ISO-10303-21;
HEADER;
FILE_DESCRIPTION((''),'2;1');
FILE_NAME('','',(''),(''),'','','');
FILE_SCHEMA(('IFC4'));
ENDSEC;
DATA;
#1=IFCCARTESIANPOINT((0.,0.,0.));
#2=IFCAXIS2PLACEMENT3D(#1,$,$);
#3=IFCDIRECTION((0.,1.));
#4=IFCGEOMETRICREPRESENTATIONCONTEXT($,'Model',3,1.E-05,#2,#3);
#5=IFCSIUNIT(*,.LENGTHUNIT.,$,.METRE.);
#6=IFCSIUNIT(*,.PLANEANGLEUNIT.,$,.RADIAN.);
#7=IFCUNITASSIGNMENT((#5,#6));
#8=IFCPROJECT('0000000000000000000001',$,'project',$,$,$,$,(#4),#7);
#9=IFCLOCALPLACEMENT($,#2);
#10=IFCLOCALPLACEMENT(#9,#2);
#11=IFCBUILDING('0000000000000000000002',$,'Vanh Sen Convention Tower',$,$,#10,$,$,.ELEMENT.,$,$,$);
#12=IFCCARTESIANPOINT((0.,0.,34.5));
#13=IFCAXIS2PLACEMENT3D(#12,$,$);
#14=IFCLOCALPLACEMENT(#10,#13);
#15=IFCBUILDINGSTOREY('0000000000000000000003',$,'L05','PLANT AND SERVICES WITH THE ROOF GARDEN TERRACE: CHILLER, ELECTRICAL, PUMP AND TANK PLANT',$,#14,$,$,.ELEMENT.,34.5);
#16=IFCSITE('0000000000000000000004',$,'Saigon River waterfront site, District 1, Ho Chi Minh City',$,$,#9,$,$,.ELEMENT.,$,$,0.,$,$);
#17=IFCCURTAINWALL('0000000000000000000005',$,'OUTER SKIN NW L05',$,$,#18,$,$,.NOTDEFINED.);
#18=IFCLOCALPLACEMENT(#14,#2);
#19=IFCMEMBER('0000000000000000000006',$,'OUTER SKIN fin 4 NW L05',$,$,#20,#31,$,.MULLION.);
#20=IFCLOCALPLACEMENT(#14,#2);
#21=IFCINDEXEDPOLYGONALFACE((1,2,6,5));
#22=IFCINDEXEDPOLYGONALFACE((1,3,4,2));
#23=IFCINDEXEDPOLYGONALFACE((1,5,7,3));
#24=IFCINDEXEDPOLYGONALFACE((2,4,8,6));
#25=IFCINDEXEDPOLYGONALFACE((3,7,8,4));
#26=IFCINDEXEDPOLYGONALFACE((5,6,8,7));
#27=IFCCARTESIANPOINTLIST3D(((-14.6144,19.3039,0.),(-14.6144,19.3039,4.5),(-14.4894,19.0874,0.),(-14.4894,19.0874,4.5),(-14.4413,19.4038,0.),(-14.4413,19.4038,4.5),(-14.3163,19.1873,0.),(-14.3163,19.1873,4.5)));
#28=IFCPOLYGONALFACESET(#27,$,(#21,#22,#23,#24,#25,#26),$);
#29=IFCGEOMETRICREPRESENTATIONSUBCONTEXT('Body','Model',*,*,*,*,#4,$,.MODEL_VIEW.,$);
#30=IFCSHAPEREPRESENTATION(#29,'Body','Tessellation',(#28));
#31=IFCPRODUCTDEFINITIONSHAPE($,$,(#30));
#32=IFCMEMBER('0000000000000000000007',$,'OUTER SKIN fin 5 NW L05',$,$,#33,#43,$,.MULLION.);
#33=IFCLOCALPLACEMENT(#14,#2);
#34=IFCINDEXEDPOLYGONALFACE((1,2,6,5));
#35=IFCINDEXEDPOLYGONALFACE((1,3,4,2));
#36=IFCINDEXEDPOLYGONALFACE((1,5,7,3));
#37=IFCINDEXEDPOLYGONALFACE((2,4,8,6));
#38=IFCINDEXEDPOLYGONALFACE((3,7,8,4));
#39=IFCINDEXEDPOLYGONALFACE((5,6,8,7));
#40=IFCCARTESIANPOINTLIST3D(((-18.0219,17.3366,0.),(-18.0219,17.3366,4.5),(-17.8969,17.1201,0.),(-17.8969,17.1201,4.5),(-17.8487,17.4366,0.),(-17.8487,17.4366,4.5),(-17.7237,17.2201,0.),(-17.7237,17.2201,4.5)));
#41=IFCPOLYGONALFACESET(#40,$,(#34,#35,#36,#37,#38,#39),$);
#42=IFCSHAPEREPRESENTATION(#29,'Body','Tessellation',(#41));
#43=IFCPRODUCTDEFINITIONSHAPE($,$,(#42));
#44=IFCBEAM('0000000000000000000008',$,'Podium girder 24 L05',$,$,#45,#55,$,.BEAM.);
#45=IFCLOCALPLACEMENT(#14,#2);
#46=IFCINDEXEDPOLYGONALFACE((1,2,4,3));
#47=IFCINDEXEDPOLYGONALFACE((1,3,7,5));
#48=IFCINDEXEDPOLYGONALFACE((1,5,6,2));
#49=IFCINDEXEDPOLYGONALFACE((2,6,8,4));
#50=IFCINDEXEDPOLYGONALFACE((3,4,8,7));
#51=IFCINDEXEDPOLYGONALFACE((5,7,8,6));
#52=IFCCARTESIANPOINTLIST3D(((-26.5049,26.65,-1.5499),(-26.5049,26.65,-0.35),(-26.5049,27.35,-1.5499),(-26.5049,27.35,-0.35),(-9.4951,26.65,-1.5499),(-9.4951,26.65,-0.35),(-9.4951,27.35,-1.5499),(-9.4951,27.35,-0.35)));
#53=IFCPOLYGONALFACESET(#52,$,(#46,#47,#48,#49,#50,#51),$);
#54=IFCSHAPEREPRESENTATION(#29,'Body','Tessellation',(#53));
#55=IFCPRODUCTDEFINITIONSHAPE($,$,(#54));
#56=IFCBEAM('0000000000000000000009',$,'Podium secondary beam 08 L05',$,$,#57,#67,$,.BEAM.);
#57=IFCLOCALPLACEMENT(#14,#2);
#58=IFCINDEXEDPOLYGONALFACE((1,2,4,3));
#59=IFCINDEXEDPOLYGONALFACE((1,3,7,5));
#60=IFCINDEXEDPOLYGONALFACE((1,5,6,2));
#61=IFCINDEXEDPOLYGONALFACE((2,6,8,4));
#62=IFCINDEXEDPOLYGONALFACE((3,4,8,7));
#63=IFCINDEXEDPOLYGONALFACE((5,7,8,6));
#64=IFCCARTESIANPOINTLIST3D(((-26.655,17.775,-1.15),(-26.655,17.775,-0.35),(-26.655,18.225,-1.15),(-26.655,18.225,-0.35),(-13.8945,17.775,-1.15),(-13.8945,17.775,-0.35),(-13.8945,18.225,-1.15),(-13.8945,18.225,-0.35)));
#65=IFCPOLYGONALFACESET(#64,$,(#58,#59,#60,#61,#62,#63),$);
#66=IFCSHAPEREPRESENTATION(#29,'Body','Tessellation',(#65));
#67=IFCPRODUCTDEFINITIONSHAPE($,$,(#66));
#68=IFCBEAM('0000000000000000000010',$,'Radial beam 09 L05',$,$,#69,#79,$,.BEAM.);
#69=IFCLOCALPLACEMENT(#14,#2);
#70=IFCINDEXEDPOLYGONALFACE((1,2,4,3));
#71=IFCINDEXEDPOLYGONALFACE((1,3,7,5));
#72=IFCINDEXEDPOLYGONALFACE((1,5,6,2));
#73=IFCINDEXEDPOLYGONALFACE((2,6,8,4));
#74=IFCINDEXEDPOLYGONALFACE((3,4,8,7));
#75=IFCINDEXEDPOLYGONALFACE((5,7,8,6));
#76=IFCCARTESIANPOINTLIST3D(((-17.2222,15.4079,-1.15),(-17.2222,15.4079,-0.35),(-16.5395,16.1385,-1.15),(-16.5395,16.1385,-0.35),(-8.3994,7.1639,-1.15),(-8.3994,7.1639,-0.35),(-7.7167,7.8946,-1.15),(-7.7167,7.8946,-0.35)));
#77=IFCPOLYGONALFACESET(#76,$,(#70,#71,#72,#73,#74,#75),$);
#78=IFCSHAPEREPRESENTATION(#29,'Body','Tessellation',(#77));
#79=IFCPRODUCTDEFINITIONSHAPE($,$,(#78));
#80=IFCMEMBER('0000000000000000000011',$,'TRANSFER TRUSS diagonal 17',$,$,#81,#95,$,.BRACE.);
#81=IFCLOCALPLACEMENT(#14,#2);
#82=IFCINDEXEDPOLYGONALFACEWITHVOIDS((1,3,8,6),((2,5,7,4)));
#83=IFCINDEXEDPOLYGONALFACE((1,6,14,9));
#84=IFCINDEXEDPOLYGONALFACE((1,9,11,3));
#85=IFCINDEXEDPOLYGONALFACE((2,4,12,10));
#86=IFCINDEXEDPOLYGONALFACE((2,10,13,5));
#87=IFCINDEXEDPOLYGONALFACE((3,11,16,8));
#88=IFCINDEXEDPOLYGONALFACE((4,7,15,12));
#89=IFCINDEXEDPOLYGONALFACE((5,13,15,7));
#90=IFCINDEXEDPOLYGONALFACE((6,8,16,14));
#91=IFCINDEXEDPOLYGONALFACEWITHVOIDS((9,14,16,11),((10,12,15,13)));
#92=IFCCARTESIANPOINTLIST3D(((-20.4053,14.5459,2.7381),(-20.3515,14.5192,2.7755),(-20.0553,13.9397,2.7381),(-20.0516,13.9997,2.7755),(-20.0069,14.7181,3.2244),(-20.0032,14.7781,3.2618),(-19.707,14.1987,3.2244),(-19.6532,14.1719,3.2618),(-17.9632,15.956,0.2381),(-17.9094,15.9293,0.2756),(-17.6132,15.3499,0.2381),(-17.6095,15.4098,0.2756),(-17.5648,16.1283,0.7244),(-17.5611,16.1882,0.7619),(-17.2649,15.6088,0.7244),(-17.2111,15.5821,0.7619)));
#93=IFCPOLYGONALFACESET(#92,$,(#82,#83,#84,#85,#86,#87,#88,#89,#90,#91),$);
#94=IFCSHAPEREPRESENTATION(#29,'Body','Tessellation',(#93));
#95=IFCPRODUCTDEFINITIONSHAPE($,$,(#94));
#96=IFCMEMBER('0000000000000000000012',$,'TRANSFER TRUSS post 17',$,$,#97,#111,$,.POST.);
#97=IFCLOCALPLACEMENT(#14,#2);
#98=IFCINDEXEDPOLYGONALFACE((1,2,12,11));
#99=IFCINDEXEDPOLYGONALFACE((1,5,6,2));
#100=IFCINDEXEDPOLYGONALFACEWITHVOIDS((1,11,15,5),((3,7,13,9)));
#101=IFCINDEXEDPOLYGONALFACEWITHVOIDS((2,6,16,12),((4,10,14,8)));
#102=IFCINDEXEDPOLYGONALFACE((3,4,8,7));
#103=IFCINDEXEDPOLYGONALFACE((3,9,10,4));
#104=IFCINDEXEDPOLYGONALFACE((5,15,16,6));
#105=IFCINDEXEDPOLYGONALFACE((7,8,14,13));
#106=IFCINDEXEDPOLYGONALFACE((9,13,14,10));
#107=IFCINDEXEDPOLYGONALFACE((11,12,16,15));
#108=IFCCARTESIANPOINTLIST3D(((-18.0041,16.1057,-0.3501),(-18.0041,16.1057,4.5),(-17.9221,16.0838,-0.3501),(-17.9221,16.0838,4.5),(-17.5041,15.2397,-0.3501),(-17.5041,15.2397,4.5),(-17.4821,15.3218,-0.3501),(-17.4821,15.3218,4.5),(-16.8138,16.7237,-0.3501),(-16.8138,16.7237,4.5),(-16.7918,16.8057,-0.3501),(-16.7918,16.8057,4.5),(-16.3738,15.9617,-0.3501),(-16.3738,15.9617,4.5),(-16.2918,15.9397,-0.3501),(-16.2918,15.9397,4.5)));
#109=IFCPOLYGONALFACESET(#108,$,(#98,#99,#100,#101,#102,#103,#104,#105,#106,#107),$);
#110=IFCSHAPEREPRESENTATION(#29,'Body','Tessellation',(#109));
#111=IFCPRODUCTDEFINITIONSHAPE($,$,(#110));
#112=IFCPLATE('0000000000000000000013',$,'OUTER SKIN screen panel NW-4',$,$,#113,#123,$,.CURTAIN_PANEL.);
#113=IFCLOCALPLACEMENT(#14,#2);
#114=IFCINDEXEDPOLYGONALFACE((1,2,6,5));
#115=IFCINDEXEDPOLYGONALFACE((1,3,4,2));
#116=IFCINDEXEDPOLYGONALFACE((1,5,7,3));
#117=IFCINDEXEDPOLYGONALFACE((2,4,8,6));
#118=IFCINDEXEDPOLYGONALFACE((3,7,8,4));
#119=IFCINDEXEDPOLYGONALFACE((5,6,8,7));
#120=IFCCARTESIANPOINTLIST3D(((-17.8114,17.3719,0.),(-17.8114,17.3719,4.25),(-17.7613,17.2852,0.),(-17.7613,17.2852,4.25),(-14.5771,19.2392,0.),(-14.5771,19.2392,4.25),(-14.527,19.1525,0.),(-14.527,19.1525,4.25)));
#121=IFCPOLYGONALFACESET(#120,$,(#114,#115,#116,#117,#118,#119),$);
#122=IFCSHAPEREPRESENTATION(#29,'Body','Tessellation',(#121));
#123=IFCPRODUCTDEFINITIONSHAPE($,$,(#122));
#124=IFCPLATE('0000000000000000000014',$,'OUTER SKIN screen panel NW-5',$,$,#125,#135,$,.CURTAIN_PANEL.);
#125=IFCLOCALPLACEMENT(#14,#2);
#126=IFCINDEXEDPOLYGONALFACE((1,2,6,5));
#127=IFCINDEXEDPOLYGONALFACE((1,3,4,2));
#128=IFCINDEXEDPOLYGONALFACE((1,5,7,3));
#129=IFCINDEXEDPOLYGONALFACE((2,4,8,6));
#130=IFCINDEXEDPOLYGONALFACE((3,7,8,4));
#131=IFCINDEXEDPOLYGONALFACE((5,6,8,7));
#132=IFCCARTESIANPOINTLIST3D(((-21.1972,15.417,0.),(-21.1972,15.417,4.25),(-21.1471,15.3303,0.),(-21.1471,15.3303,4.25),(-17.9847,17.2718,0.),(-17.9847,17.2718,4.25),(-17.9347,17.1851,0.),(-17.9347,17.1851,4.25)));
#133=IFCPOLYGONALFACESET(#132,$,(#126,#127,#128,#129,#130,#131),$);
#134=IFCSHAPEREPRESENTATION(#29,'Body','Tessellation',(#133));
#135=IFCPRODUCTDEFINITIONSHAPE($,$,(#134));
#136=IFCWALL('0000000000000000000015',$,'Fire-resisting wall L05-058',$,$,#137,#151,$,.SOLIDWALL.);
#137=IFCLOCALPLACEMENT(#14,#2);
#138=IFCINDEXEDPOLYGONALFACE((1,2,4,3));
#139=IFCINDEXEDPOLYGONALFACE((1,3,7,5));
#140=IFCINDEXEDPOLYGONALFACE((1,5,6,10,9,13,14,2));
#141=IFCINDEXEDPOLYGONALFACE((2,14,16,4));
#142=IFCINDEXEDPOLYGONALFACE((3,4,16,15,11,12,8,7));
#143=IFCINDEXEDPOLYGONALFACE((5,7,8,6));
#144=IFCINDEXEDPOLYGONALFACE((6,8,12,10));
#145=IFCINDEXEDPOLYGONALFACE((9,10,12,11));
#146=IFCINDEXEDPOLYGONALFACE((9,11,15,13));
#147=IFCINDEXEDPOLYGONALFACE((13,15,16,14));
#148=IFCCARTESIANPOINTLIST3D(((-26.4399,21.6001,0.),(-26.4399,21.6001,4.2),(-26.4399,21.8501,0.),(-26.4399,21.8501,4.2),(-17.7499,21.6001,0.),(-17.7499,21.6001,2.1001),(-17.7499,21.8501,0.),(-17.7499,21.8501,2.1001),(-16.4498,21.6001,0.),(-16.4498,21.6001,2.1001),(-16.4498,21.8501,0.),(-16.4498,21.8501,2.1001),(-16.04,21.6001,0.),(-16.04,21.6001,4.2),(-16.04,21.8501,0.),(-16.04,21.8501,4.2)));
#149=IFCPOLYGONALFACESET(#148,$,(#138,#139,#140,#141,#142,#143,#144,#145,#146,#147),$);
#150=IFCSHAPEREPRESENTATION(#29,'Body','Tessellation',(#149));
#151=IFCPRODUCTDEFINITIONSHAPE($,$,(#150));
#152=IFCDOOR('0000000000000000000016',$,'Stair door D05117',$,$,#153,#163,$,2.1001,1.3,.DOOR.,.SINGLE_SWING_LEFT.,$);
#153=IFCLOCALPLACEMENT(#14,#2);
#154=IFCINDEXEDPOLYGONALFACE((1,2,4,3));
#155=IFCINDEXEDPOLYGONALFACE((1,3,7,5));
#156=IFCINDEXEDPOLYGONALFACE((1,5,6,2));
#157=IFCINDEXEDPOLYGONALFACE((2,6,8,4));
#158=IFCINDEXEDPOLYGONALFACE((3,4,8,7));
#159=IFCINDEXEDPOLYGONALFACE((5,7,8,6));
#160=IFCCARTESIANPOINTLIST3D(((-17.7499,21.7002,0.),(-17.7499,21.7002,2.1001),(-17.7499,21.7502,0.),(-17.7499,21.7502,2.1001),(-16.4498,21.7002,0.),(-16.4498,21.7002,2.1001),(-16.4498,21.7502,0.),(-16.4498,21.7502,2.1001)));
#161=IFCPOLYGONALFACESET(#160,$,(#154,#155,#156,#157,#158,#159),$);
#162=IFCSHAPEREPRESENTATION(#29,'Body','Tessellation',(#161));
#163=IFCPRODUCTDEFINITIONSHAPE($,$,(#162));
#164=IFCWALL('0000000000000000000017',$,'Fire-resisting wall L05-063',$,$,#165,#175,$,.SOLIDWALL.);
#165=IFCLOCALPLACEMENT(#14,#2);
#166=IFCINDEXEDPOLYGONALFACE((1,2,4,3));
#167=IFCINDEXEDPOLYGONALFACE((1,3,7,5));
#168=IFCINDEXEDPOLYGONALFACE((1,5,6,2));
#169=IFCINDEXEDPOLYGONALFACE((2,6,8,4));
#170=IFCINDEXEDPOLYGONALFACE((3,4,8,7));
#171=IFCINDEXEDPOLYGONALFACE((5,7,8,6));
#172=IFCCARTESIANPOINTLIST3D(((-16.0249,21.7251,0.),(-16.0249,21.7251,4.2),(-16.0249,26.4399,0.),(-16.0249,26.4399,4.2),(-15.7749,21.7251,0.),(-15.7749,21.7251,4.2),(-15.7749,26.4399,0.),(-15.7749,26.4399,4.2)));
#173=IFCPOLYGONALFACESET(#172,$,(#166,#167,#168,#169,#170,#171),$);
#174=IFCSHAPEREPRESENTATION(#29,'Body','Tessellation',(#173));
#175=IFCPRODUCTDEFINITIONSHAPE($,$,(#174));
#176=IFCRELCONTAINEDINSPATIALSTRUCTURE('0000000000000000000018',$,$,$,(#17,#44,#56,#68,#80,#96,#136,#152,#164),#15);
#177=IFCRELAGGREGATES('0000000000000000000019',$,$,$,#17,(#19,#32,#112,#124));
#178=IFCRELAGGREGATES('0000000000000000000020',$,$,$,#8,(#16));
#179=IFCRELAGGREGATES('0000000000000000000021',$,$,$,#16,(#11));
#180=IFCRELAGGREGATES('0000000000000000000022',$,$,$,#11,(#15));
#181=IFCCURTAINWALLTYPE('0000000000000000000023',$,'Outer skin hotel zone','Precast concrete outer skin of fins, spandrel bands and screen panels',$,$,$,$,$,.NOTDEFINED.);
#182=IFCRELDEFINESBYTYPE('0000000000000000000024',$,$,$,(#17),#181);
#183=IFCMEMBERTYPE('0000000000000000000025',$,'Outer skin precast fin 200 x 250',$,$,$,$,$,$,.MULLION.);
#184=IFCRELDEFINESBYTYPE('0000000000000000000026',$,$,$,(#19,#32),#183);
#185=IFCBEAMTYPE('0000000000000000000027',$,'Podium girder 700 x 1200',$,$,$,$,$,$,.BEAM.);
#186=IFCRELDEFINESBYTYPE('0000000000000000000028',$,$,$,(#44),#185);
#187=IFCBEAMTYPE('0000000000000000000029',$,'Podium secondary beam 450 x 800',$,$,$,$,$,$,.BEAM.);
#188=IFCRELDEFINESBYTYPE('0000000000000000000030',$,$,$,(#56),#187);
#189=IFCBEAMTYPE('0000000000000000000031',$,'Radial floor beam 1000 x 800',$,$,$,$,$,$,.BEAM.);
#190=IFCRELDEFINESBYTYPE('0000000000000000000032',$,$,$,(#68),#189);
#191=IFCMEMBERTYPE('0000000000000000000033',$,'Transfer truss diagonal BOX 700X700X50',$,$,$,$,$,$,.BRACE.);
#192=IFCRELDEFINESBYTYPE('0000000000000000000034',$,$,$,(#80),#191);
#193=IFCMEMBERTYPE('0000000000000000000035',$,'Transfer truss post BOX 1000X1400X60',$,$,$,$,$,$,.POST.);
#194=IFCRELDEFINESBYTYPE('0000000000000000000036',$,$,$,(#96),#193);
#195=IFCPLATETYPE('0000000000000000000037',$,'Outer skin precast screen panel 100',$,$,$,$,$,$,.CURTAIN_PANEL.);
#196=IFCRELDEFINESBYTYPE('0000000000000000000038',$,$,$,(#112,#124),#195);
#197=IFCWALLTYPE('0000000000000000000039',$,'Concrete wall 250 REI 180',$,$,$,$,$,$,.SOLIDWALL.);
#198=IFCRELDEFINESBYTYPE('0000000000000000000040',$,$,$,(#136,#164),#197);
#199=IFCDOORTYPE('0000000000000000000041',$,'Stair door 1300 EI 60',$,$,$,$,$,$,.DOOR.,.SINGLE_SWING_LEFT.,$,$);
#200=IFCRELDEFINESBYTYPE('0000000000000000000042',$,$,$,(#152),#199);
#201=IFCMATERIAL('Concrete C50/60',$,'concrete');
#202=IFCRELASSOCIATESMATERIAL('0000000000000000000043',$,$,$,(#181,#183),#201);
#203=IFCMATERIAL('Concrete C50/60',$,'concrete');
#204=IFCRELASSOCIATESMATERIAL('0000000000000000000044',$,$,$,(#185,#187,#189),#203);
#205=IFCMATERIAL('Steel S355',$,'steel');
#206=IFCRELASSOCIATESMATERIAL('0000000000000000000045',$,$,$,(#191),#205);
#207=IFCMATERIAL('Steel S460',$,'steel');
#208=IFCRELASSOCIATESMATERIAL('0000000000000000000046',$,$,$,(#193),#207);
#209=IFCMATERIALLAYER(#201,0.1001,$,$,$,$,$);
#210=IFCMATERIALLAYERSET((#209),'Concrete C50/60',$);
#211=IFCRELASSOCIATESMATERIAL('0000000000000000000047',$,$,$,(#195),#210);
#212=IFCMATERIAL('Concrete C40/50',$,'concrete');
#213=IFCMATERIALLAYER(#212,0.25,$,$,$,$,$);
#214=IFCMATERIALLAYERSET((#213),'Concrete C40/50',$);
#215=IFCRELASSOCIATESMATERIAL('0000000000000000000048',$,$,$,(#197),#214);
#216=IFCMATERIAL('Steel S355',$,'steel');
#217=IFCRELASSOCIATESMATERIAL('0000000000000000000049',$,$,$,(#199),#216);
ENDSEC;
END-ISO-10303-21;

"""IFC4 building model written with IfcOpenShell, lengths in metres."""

from ifc_helpers import new_model, si_unit, direction, frame, frame_2d, origin, origin_2d, place, context, subcontext, project, spatial, rectangle, hollow_rectangle, extrude, material, layer, layer_set, material_profile, profile_set, type_object, element, fill, aggregate, save


model = new_model("IFC4")

# Units and contexts
model_context = context("Model", 3, precision=1e-05, world=origin(), true_north=direction((0.0, 1.0)))
body_context = subcontext(model_context, "Body", "Model", "MODEL_VIEW")
ifc_project = project(units=[si_unit("LENGTHUNIT", "METRE"), si_unit("PLANEANGLEUNIT", "RADIAN")], contexts=[model_context])

# Site, building, storey
site_placement = place(None, origin())
site = spatial("IfcSite", under=ifc_project, at=site_placement, Name="Saigon River waterfront site, District 1, Ho Chi Minh City", CompositionType="ELEMENT", RefElevation=0.0)
building_placement = place(site_placement, origin())
building = spatial("IfcBuilding", under=site, at=building_placement, Name="Vanh Sen Convention Tower", CompositionType="ELEMENT")
storey_placement = place(building_placement, frame((0.0, 0.0, 34.5)))
storey = spatial("IfcBuildingStorey", under=building, at=storey_placement, Name="L05", Description="PLANT AND SERVICES WITH THE ROOF GARDEN TERRACE: CHILLER, ELECTRICAL, PUMP AND TANK PLANT", CompositionType="ELEMENT", Elevation=34.5)

# Curtain wall, members
ifc_material_1 = material(Name="Concrete C50/60", Category="concrete")
curtain_wall_type = type_object("IfcCurtainWallType", Name="Outer skin hotel zone", Description="Precast concrete outer skin of fins, spandrel bands and screen panels", PredefinedType="NOTDEFINED", material=ifc_material_1)
curtain_wall_placement = place(storey_placement, origin())
curtain_wall = element("IfcCurtainWall", 1, at=curtain_wall_placement, inside=storey, type_object=curtain_wall_type, Name="OUTER SKIN NW L05", PredefinedType="NOTDEFINED")
ifc_material_profile_1 = material_profile(ifc_material_1, rectangle(XDim=0.2, YDim=0.25, at=origin_2d()), Name="Outer skin precast fin 200 x 250")
ifc_profile_set_1 = profile_set([ifc_material_profile_1], Name="Concrete C50/60")
member_type_1 = type_object("IfcMemberType", Name="Outer skin precast fin 200 x 250", PredefinedType="MULLION", material=ifc_profile_set_1)
member_1_placement = place(storey_placement, frame((-14.4653, 19.2456, 0.0), z_axis=(0.0, 0.0, 1.0), x_axis=(-0.866025, -0.5, 0.0)))
member_1 = element("IfcMember", 2, at=member_1_placement, type_object=member_type_1, Name="OUTER SKIN fin 4 NW L05", PredefinedType="MULLION", context=body_context, shape_type="SweptSolid", body=[
    extrude(rectangle(XDim=0.2, YDim=0.25, at=origin_2d()), origin(), (0.0, 0.0, 1.0), 4.5),
])
member_2_placement = place(storey_placement, frame((-17.8728, 17.2783, 0.0), z_axis=(0.0, 0.0, 1.0), x_axis=(-0.866025, -0.5, 0.0)))
member_2 = element("IfcMember", 3, at=member_2_placement, type_object=member_type_1, Name="OUTER SKIN fin 5 NW L05", PredefinedType="MULLION", context=body_context, shape_type="SweptSolid", body=[
    extrude(rectangle(XDim=0.2, YDim=0.25, at=origin_2d()), origin(), (0.0, 0.0, 1.0), 4.5),
])

# Beams
ifc_material_2 = material(Name="Concrete C50/60", Category="concrete")
ifc_material_profile_2 = material_profile(ifc_material_2, rectangle(XDim=0.7, YDim=1.2, at=origin_2d()), Name="RC 700X1200")
ifc_profile_set_2 = profile_set([ifc_material_profile_2], Name="Concrete C50/60")
beam_type_1 = type_object("IfcBeamType", Name="Podium girder 700 x 1200", PredefinedType="BEAM", material=ifc_profile_set_2)
beam_1_placement = place(storey_placement, frame((-26.5049, 27.0, -0.95), z_axis=(1.0, 0.0, 0.0), x_axis=(0.0, 1.0, 0.0)))
element("IfcBeam", 4, at=beam_1_placement, inside=storey, type_object=beam_type_1, Name="Podium girder 24 L05", PredefinedType="BEAM", context=body_context, shape_type="SweptSolid", body=[
    extrude(rectangle(XDim=0.7, YDim=1.2, at=origin_2d()), origin(), (0.0, 0.0, 1.0), 17.0098),
])
ifc_material_profile_3 = material_profile(ifc_material_2, rectangle(XDim=0.45, YDim=0.8, at=origin_2d()), Name="RC 450X800")
ifc_profile_set_3 = profile_set([ifc_material_profile_3], Name="Concrete C50/60")
beam_type_2 = type_object("IfcBeamType", Name="Podium secondary beam 450 x 800", PredefinedType="BEAM", material=ifc_profile_set_3)
beam_2_placement = place(storey_placement, frame((-26.655, 18.0, -0.75), z_axis=(1.0, 0.0, 0.0), x_axis=(0.0, 1.0, 0.0)))
element("IfcBeam", 5, at=beam_2_placement, inside=storey, type_object=beam_type_2, Name="Podium secondary beam 08 L05", PredefinedType="BEAM", context=body_context, shape_type="SweptSolid", body=[
    extrude(rectangle(XDim=0.45, YDim=0.8, at=origin_2d()), origin(), (0.0, 0.0, 1.0), 12.7605),
])
ifc_material_profile_4 = material_profile(ifc_material_2, rectangle(XDim=1.0, YDim=0.8, at=origin_2d()), Name="RC 1000X800")
ifc_profile_set_4 = profile_set([ifc_material_profile_4], Name="Concrete C50/60")
beam_type_3 = type_object("IfcBeamType", Name="Radial floor beam 1000 x 800", PredefinedType="BEAM", material=ifc_profile_set_4)
beam_3_placement = place(storey_placement, frame((-16.8809, 15.7732, -0.75), z_axis=(0.73067, -0.682731, 0.0), x_axis=(0.682731, 0.73067, 0.0)))
element("IfcBeam", 6, at=beam_3_placement, inside=storey, type_object=beam_type_3, Name="Radial beam 09 L05", PredefinedType="BEAM", context=body_context, shape_type="SweptSolid", body=[
    extrude(rectangle(XDim=1.0, YDim=0.8, at=origin_2d()), origin(), (0.0, 0.0, 1.0), 12.075),
])

# Members
ifc_material_3 = material(Name="Steel S355", Category="steel")
ifc_material_profile_5 = material_profile(ifc_material_3, hollow_rectangle(XDim=0.7, YDim=0.7, WallThickness=0.05, at=origin_2d()), Name="BOX 700X700X50")
ifc_profile_set_5 = profile_set([ifc_material_profile_5], Name="Steel S355")
member_type_2 = type_object("IfcMemberType", Name="Transfer truss diagonal BOX 700X700X50", PredefinedType="BRACE", material=ifc_profile_set_5)
member_3_placement = place(storey_placement, frame((-17.5872, 15.769, 0.5), z_axis=(-0.648017, -0.374183, 0.663371), x_axis=(0.50005, -0.865997, 0.0)))
element("IfcMember", 7, at=member_3_placement, inside=storey, type_object=member_type_2, Name="TRANSFER TRUSS diagonal 17", PredefinedType="BRACE", context=body_context, shape_type="SweptSolid", body=[
    extrude(hollow_rectangle(XDim=0.7, YDim=0.7, WallThickness=0.05, at=origin_2d()), origin(), (0.0, 0.0, 1.0), 3.7686),
])
ifc_material_4 = material(Name="Steel S460", Category="steel")
ifc_material_profile_6 = material_profile(ifc_material_4, hollow_rectangle(XDim=1.3999, YDim=1.0, WallThickness=0.0601, at=origin_2d()), Name="BOX 1000X1400X60")
ifc_profile_set_6 = profile_set([ifc_material_profile_6], Name="Steel S460")
member_type_3 = type_object("IfcMemberType", Name="Transfer truss post BOX 1000X1400X60", PredefinedType="POST", material=ifc_profile_set_6)
member_4_placement = place(storey_placement, frame((-17.1479, 16.0227, -0.3501), z_axis=(0.0, 0.0, 1.0), x_axis=(-0.866025, -0.5, 0.0)))
element("IfcMember", 8, at=member_4_placement, inside=storey, type_object=member_type_3, Name="TRANSFER TRUSS post 17", PredefinedType="POST", context=body_context, shape_type="SweptSolid", body=[
    extrude(hollow_rectangle(XDim=1.3999, YDim=1.0, WallThickness=0.0601, at=origin_2d()), origin(), (0.0, 0.0, 1.0), 4.8501),
])

# Plates
ifc_layer_1 = layer(ifc_material_1, 0.1001)
ifc_layer_set_1 = layer_set([ifc_layer_1], Name="Concrete C50/60")
plate_type = type_object("IfcPlateType", Name="Outer skin precast screen panel 100", PredefinedType="CURTAIN_PANEL", material=ifc_layer_set_1)
plate_1_placement = place(storey_placement, frame((-16.1692, 18.2622, 0.0), z_axis=(0.0, 0.0, 1.0), x_axis=(-0.866028, -0.499995, 0.0)))
plate_1 = element("IfcPlate", 9, at=plate_1_placement, type_object=plate_type, Name="OUTER SKIN screen panel NW-4", PredefinedType="CURTAIN_PANEL", context=body_context, shape_type="SweptSolid", body=[
    extrude(rectangle(XDim=3.7346, YDim=0.1001, at=origin_2d()), origin(), (0.0, 0.0, 1.0), 4.25),
])
plate_2_placement = place(storey_placement, frame((-19.5659, 16.301, 0.0), z_axis=(0.0, 0.0, 1.0), x_axis=(-0.866021, -0.500008, 0.0)))
plate_2 = element("IfcPlate", 10, at=plate_2_placement, type_object=plate_type, Name="OUTER SKIN screen panel NW-5", PredefinedType="CURTAIN_PANEL", context=body_context, shape_type="SweptSolid", body=[
    extrude(rectangle(XDim=3.7095, YDim=0.1001, at=origin_2d()), origin(), (0.0, 0.0, 1.0), 4.25),
])
aggregate(curtain_wall, [member_1, member_2, plate_1, plate_2])

# Wall, opening, door
ifc_material_5 = material(Name="Concrete C40/50", Category="concrete")
ifc_layer_2 = layer(ifc_material_5, 0.25)
ifc_layer_set_2 = layer_set([ifc_layer_2], Name="Concrete C40/50")
wall_type = type_object("IfcWallType", Name="Concrete wall 250 REI 180", PredefinedType="SOLIDWALL", material=ifc_layer_set_2)
wall_1_placement = place(storey_placement, frame((-16.04, 21.7251, 0.0), z_axis=(0.0, 0.0, 1.0), x_axis=(-1.0, 0.0, 0.0)))
wall_1 = element("IfcWall", 11, at=wall_1_placement, inside=storey, type_object=wall_type, Name="Fire-resisting wall L05-058", PredefinedType="SOLIDWALL", context=body_context, shape_type="SweptSolid", body=[
    extrude(rectangle(XDim=10.3999, YDim=0.25, at=frame_2d((5.2, 0.0))), origin(), (0.0, 0.0, 1.0), 4.2),
])
opening_placement = place(wall_1_placement, frame((0.4099, 0.0, 0.0)))
opening = element("IfcOpeningElement", 12, at=opening_placement, cuts=wall_1, PredefinedType="OPENING", context=body_context, shape_type="SweptSolid", body=[
    extrude(rectangle(XDim=1.3, YDim=2.1001, at=frame_2d((0.6499, 1.05))), frame((0.0, 0.135, 0.0), z_axis=(0.0, -1.0, 0.0), x_axis=(1.0, 0.0, 0.0)), (0.0, 0.0, 1.0), 0.27),
])
ifc_material_6 = material(Name="Steel S355", Category="steel")
door_type = type_object("IfcDoorType", Name="Stair door 1300 EI 60", OperationType="SINGLE_SWING_LEFT", PredefinedType="DOOR", material=ifc_material_6)
door_placement = place(opening_placement, origin())
door = element("IfcDoor", 13, at=door_placement, inside=storey, type_object=door_type, Name="Stair door D05117", OperationType="SINGLE_SWING_LEFT", OverallHeight=2.1001, OverallWidth=1.3, PredefinedType="DOOR", context=body_context, shape_type="SweptSolid", body=[
    extrude(rectangle(XDim=1.3, YDim=2.1001, at=frame_2d((0.6499, 1.05))), frame((0.0, 0.0249, 0.0), z_axis=(0.0, -1.0, 0.0), x_axis=(1.0, 0.0, 0.0)), (0.0, 0.0, 1.0), 0.05),
])
fill(opening, door)

# Wall
wall_2_placement = place(storey_placement, frame((-15.8999, 26.4399, 0.0), z_axis=(0.0, 0.0, 1.0), x_axis=(0.0, -1.0, 0.0)))
element("IfcWall", 14, at=wall_2_placement, inside=storey, type_object=wall_type, Name="Fire-resisting wall L05-063", PredefinedType="SOLIDWALL", context=body_context, shape_type="SweptSolid", body=[
    extrude(rectangle(XDim=4.7148, YDim=0.25, at=frame_2d((2.3574, 0.0))), origin(), (0.0, 0.0, 1.0), 4.2),
])

save(model, "model.ifc")
